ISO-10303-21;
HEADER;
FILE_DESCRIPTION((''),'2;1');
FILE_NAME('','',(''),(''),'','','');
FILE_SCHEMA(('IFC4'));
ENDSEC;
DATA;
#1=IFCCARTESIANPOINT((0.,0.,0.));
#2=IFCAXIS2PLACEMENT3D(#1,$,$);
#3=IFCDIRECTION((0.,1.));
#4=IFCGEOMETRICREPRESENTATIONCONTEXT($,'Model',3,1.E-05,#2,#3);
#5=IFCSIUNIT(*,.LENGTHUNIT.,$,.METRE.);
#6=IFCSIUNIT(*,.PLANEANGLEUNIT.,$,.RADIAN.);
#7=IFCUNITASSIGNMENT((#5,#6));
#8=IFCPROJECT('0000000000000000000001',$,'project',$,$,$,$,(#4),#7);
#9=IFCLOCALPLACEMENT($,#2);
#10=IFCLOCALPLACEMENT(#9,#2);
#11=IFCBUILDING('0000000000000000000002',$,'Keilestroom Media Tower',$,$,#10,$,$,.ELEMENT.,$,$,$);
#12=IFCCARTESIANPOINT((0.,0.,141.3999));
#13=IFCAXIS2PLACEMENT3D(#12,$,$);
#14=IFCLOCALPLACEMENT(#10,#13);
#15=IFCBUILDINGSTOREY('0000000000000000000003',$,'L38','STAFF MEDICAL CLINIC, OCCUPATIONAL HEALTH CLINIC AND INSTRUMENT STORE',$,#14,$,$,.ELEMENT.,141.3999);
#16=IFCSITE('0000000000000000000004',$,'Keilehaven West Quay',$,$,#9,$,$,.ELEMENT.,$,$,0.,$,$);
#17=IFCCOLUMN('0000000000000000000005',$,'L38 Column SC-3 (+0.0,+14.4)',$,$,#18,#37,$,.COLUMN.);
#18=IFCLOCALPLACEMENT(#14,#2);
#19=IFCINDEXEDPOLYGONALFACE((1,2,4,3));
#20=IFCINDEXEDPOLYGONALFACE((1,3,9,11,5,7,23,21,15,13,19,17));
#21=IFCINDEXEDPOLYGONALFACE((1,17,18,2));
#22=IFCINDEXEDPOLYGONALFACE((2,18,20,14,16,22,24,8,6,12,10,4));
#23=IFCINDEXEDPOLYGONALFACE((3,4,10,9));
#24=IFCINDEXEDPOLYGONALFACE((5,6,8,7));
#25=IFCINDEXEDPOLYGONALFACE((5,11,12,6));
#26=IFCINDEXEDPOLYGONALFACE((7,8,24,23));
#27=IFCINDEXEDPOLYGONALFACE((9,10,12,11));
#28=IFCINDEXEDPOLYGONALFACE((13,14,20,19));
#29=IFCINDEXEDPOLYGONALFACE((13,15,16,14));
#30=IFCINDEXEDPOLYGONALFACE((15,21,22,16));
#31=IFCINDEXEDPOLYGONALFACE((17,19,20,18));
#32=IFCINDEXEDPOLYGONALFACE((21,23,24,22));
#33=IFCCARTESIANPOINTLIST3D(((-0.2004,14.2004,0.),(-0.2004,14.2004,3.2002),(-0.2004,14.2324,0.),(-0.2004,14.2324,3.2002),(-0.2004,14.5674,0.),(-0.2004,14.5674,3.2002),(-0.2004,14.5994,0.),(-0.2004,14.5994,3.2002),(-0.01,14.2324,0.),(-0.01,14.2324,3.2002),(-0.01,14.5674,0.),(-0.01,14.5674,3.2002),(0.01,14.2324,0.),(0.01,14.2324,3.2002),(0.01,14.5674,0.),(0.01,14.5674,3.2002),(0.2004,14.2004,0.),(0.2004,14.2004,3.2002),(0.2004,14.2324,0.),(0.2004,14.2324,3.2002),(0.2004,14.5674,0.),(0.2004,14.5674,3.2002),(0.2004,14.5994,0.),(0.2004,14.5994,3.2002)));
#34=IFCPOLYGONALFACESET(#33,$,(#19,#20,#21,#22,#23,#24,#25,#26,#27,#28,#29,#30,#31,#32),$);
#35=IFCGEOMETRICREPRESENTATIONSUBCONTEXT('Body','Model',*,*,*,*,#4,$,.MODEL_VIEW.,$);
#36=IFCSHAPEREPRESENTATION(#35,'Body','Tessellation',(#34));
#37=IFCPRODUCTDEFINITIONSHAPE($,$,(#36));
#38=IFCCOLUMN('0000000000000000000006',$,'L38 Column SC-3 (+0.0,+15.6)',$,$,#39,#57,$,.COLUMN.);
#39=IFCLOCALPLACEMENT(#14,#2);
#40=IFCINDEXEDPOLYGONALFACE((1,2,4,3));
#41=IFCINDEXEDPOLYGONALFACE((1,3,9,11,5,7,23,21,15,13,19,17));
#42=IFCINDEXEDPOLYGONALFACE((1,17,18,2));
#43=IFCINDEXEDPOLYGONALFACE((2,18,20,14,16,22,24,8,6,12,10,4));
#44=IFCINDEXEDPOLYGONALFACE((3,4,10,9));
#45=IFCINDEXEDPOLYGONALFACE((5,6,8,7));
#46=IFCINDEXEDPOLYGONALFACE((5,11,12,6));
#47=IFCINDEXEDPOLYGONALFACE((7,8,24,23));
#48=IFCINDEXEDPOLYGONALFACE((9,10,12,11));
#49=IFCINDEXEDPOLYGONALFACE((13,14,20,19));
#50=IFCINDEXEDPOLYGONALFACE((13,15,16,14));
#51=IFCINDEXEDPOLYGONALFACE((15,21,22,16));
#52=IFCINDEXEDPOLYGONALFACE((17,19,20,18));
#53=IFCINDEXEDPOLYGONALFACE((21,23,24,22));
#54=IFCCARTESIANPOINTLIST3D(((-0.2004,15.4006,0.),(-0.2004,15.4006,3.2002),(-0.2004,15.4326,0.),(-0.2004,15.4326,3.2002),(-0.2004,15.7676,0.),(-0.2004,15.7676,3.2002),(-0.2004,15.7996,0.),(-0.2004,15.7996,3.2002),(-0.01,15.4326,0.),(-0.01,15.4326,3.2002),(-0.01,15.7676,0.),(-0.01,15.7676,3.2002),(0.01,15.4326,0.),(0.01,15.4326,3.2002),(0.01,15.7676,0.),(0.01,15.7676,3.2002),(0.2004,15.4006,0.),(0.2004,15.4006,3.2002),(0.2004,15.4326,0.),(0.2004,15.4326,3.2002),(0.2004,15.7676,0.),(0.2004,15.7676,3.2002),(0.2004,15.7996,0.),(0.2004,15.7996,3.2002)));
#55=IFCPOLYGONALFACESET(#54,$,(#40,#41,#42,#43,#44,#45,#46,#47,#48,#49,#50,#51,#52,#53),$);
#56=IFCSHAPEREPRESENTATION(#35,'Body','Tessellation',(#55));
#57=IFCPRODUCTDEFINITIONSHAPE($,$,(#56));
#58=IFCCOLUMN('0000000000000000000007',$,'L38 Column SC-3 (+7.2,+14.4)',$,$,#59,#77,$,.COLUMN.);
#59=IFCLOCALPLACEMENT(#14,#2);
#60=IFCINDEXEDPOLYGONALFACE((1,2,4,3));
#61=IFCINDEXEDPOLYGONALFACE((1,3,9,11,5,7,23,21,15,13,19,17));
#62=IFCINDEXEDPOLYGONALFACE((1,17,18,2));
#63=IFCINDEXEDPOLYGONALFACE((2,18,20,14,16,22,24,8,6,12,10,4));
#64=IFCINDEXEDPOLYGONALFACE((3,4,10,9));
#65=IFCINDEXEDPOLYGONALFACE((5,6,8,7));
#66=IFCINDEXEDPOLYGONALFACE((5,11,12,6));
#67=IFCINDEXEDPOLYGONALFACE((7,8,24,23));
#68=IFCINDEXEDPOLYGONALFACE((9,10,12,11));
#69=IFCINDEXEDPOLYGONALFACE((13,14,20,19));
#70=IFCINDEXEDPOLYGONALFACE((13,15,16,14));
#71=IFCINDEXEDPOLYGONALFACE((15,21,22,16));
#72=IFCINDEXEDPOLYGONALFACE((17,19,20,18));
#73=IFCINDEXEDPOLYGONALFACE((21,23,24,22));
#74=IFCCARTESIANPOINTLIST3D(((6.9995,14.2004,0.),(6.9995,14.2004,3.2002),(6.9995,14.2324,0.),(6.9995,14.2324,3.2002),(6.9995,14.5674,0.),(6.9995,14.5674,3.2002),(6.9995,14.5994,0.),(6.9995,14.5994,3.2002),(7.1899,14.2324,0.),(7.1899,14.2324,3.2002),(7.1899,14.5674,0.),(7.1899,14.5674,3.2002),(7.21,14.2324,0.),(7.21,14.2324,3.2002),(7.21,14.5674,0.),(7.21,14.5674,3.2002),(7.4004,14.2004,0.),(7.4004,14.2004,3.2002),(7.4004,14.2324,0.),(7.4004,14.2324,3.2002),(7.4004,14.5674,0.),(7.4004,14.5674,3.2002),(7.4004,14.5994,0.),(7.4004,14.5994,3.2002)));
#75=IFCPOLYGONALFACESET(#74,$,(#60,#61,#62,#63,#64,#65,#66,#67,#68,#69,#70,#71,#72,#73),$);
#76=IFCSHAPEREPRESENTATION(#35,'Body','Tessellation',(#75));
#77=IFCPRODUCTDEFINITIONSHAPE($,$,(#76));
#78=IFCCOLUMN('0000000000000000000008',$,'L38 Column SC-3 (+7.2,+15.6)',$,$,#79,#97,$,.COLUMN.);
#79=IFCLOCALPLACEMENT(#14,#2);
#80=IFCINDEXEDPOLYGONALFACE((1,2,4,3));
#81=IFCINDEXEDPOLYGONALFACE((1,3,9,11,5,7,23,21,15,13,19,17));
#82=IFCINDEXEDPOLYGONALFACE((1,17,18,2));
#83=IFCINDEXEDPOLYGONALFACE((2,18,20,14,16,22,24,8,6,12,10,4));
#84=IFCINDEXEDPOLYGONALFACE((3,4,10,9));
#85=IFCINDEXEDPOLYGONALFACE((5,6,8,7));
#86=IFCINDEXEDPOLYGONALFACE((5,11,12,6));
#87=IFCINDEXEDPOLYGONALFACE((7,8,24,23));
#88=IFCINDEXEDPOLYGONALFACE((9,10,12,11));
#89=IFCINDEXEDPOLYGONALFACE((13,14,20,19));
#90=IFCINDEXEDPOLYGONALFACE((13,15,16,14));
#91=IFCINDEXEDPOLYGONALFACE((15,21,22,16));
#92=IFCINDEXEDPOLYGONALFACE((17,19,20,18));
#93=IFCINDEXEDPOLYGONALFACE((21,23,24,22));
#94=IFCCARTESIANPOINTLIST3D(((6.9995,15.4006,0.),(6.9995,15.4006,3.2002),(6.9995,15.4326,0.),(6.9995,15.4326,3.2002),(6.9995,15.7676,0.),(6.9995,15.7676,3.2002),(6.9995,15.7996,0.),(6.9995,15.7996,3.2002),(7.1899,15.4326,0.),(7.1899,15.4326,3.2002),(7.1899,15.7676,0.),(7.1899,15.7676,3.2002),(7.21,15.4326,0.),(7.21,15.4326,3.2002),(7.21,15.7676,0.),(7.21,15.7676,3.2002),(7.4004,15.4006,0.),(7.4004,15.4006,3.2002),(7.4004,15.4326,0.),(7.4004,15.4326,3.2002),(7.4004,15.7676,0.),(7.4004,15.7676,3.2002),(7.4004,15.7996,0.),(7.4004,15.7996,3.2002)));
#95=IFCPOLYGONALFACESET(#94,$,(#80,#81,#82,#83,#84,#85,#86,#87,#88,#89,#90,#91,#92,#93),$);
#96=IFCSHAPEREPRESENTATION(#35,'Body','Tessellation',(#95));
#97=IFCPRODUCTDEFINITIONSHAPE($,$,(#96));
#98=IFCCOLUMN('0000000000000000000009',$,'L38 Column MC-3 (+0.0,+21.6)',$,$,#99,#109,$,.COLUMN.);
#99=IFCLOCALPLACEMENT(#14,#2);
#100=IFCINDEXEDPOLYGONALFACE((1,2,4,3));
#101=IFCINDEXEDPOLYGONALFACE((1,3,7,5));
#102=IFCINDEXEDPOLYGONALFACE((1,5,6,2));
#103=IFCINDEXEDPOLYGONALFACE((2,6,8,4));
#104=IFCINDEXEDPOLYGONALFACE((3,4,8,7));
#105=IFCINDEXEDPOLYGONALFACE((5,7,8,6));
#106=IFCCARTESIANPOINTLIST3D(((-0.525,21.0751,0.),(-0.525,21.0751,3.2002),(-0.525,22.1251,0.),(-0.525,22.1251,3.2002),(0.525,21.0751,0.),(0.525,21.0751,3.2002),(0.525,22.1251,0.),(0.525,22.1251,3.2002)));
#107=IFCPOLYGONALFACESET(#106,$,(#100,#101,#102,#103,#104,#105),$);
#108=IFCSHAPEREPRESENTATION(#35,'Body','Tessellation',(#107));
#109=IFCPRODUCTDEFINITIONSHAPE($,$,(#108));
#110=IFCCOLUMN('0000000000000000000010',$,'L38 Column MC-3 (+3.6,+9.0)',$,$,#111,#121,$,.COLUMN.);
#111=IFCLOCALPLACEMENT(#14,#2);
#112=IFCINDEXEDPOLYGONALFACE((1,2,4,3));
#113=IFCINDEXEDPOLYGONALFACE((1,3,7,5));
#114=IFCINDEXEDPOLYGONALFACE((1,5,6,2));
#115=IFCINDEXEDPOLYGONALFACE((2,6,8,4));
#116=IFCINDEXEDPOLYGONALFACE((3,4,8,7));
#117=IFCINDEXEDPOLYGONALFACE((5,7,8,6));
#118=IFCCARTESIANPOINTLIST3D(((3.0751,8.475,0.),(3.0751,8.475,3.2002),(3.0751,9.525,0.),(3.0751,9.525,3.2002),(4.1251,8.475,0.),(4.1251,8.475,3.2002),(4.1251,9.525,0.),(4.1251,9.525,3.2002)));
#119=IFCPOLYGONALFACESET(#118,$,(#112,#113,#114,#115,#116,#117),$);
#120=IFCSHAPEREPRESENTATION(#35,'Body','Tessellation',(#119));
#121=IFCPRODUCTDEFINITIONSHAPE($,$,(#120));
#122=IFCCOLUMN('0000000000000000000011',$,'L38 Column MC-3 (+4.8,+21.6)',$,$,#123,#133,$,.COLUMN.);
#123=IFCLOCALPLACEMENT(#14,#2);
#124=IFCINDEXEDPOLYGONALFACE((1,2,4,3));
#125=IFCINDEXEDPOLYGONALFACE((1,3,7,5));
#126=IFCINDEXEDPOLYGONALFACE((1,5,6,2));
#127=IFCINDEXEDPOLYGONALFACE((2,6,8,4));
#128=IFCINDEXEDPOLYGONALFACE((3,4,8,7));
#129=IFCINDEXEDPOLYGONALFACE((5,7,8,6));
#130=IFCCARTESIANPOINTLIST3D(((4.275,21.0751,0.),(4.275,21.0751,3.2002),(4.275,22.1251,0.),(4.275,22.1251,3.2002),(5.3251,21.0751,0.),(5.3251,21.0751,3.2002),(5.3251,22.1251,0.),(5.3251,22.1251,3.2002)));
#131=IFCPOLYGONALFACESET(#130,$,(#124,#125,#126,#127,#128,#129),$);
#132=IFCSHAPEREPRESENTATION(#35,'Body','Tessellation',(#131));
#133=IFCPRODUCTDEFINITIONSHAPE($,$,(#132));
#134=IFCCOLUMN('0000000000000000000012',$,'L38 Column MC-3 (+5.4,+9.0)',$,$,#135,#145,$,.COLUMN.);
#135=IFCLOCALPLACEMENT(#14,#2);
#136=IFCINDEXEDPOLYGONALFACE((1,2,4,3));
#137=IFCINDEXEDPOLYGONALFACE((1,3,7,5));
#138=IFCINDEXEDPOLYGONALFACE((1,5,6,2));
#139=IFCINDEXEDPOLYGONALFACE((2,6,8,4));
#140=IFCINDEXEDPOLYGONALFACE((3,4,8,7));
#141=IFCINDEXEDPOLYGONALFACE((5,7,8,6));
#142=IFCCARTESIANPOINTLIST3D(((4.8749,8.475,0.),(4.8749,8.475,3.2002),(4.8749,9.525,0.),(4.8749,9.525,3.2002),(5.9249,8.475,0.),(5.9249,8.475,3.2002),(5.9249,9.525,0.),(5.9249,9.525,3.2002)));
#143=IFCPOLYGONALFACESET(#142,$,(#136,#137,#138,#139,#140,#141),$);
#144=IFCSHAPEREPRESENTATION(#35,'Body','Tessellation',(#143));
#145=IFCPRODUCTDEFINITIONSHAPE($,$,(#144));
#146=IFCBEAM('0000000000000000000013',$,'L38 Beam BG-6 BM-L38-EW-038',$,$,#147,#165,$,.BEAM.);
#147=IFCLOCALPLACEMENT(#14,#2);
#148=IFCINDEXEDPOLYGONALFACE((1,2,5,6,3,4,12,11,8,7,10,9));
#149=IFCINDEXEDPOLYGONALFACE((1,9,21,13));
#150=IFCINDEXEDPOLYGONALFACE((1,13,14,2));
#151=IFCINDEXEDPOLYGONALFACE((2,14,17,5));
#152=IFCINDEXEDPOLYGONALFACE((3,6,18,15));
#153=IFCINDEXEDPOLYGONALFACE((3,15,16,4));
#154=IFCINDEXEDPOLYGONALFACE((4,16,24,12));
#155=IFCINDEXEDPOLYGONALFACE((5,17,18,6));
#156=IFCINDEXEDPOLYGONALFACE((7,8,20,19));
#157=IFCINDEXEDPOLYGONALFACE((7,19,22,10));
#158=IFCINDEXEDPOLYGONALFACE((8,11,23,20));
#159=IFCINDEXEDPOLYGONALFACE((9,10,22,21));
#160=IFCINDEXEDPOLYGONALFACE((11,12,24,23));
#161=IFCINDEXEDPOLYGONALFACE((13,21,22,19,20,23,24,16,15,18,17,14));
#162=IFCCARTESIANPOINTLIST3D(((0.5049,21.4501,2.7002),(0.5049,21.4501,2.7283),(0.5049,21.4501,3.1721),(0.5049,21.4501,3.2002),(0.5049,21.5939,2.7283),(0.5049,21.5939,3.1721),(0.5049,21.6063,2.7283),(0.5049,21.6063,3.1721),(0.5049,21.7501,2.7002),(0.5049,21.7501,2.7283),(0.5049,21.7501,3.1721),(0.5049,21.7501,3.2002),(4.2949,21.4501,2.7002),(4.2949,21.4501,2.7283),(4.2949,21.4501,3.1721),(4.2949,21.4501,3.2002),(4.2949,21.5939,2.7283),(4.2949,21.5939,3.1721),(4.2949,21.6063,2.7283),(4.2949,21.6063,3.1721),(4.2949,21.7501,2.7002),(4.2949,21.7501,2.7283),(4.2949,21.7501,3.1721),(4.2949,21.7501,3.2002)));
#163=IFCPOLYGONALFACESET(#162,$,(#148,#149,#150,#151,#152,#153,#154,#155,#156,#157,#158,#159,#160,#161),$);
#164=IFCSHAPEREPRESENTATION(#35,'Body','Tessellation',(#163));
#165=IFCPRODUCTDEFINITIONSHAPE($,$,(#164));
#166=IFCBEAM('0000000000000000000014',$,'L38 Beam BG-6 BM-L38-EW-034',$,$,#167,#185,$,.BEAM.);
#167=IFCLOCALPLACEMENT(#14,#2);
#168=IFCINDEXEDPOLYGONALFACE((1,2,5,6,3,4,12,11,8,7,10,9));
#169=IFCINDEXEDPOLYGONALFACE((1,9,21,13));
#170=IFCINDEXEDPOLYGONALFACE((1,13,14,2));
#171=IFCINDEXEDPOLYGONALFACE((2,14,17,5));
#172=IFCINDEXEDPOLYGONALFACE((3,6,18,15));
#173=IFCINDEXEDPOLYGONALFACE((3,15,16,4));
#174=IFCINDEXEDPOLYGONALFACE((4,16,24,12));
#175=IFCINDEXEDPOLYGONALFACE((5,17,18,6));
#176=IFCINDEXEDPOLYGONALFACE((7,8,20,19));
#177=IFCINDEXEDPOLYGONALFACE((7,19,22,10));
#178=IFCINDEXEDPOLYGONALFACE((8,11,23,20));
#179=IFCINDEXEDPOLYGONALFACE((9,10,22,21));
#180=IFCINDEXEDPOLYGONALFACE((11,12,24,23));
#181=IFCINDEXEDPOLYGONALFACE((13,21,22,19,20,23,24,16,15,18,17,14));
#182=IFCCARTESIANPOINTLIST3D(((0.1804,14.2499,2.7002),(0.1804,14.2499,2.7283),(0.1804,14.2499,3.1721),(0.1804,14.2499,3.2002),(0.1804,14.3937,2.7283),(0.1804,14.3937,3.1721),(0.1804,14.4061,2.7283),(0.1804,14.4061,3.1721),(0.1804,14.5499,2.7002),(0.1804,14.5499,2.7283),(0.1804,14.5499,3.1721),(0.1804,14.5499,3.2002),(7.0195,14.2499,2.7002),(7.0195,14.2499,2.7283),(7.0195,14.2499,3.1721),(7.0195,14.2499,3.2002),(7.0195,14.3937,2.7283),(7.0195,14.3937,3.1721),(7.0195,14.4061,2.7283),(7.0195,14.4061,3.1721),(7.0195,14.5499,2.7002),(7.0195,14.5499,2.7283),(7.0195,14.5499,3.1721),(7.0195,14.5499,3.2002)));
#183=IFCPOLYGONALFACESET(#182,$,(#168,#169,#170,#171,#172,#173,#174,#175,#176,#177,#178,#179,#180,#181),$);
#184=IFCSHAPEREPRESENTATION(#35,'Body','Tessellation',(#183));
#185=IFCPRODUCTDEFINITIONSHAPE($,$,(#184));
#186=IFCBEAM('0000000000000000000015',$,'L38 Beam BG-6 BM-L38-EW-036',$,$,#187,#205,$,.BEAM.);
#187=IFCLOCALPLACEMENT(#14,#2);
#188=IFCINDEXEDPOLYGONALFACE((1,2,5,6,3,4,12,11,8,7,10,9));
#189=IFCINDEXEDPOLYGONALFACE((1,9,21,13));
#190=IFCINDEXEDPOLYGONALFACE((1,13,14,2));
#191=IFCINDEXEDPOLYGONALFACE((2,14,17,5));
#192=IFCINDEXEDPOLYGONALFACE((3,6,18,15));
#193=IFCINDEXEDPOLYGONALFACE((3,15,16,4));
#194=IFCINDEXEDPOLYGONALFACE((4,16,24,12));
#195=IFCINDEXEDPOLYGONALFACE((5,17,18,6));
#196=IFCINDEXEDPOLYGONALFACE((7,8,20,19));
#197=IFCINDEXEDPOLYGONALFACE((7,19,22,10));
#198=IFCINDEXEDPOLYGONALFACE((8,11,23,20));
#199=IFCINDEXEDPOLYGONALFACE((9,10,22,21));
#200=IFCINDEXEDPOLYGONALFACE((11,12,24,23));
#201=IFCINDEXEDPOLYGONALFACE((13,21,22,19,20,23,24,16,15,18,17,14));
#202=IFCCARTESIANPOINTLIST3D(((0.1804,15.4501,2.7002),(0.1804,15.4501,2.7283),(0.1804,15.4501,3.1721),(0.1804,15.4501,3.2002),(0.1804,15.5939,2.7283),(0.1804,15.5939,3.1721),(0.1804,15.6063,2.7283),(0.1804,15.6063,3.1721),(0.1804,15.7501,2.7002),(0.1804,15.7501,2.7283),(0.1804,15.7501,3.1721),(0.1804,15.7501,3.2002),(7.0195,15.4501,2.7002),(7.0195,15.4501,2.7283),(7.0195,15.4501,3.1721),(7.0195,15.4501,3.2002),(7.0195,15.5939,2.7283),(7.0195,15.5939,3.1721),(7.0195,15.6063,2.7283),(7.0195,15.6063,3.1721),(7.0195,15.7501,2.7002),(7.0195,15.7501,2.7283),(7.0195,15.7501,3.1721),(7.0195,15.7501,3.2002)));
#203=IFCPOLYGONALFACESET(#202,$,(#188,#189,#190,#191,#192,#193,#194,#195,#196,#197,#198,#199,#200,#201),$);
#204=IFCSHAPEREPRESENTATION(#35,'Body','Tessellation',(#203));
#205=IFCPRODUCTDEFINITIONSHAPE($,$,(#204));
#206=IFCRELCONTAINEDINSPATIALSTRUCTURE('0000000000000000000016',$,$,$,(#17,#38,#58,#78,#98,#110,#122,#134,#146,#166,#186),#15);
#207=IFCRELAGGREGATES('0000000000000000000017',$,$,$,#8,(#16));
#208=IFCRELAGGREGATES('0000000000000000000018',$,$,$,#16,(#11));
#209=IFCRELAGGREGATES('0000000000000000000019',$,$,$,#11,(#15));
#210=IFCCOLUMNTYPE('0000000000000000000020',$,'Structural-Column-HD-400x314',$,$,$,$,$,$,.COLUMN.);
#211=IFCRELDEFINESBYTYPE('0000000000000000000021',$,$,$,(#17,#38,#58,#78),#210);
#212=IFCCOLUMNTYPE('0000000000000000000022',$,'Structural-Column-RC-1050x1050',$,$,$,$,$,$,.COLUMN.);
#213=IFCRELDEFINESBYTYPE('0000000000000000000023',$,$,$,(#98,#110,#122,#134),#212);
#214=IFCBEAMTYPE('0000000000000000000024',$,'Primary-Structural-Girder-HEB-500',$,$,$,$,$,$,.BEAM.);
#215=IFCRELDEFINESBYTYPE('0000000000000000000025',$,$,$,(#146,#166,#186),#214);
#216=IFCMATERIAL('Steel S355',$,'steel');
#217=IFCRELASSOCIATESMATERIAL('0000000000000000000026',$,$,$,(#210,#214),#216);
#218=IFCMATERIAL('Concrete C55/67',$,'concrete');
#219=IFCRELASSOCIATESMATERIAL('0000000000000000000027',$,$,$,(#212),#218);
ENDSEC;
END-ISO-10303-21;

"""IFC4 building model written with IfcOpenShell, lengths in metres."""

from ifc_helpers import new_model, si_unit, direction, frame, origin, origin_2d, place, context, subcontext, project, spatial, rectangle, i_section, extrude, source, transform, mapped, material, material_profile, profile_set, type_object, element, save


model = new_model("IFC4")

# Units and contexts
model_context = context("Model", 3, precision=1e-05, world=origin(), true_north=direction((0.0, 1.0)))
body_context = subcontext(model_context, "Body", "Model", "MODEL_VIEW")
ifc_project = project(units=[si_unit("LENGTHUNIT", "METRE"), si_unit("PLANEANGLEUNIT", "RADIAN")], contexts=[model_context])

# Site, building, storey
site_placement = place(None, origin())
site = spatial("IfcSite", under=ifc_project, at=site_placement, Name="Keilehaven West Quay", CompositionType="ELEMENT", RefElevation=0.0)
building_placement = place(site_placement, origin())
building = spatial("IfcBuilding", under=site, at=building_placement, Name="Keilestroom Media Tower", CompositionType="ELEMENT")
storey_placement = place(building_placement, frame((0.0, 0.0, 141.3999)))
storey = spatial("IfcBuildingStorey", under=building, at=storey_placement, Name="L38", Description="STAFF MEDICAL CLINIC, OCCUPATIONAL HEALTH CLINIC AND INSTRUMENT STORE", CompositionType="ELEMENT", Elevation=141.3999)

# Columns
ifc_material_1 = material(Name="Steel S355", Category="steel")
ifc_material_profile_1 = material_profile(ifc_material_1, i_section(OverallWidth=0.4009, OverallDepth=0.3989, WebThickness=0.02, FlangeThickness=0.032, at=origin_2d()), Name="HD 400x314")
ifc_profile_set_1 = profile_set([ifc_material_profile_1], Name="Steel S355")
column_type_1 = type_object("IfcColumnType", Name="Structural-Column-HD-400x314", PredefinedType="COLUMN", material=ifc_profile_set_1)
shared_shape_1 = source(origin(), body_context, "Body", "SweptSolid", [
    extrude(i_section(OverallWidth=0.4009, OverallDepth=0.3989, WebThickness=0.02, FlangeThickness=0.032, at=origin_2d()), origin(), (0.0, 0.0, 1.0), 3.2002),
])
for number, where, z_axis, x_axis, name in (
    (1, (0.0, 14.3999, 0.0), (0.0, 0.0, 1.0), (1.0, 0.0, 0.0), "L38 Column SC-3 (+0.0,+14.4)"),
    (2, (0.0, 15.6001, 0.0), (0.0, 0.0, 1.0), (1.0, 0.0, 0.0), "L38 Column SC-3 (+0.0,+15.6)"),
    (3, (7.2, 14.3999, 0.0), (0.0, 0.0, 1.0), (1.0, 0.0, 0.0), "L38 Column SC-3 (+7.2,+14.4)"),
    (4, (7.2, 15.6001, 0.0), (0.0, 0.0, 1.0), (1.0, 0.0, 0.0), "L38 Column SC-3 (+7.2,+15.6)"),
):
    element("IfcColumn", number, at=place(storey_placement, frame(where, z_axis=z_axis, x_axis=x_axis)), inside=storey, type_object=column_type_1, Name=name, PredefinedType="COLUMN", context=body_context, shape_type="MappedRepresentation", body=[
        mapped(shared_shape_1, transform((0.0, 0.0, 0.0), x_axis=(1.0, 0.0, 0.0), y_axis=(0.0, 1.0, 0.0), z_axis=(0.0, 0.0, 1.0), scale=1.0)),
    ])
ifc_material_2 = material(Name="Concrete C55/67", Category="concrete")
ifc_material_profile_2 = material_profile(ifc_material_2, rectangle(XDim=1.05, YDim=1.05, at=origin_2d()), Name="RC 1050x1050")
ifc_profile_set_2 = profile_set([ifc_material_profile_2], Name="Concrete C55/67")
column_type_2 = type_object("IfcColumnType", Name="Structural-Column-RC-1050x1050", PredefinedType="COLUMN", material=ifc_profile_set_2)
shared_shape_2 = source(origin(), body_context, "Body", "SweptSolid", [
    extrude(rectangle(XDim=1.05, YDim=1.05, at=origin_2d()), origin(), (0.0, 0.0, 1.0), 3.2002),
])
for number, where, z_axis, x_axis, name in (
    (5, (0.0, 21.6001, 0.0), (0.0, 0.0, 1.0), (1.0, 0.0, 0.0), "L38 Column MC-3 (+0.0,+21.6)"),
    (6, (3.6001, 9.0, 0.0), (0.0, 0.0, 1.0), (1.0, 0.0, 0.0), "L38 Column MC-3 (+3.6,+9.0)"),
    (7, (4.8, 21.6001, 0.0), (0.0, 0.0, 1.0), (1.0, 0.0, 0.0), "L38 Column MC-3 (+4.8,+21.6)"),
    (8, (5.3999, 9.0, 0.0), (0.0, 0.0, 1.0), (1.0, 0.0, 0.0), "L38 Column MC-3 (+5.4,+9.0)"),
):
    element("IfcColumn", number, at=place(storey_placement, frame(where, z_axis=z_axis, x_axis=x_axis)), inside=storey, type_object=column_type_2, Name=name, PredefinedType="COLUMN", context=body_context, shape_type="MappedRepresentation", body=[
        mapped(shared_shape_2, transform((0.0, 0.0, 0.0), x_axis=(1.0, 0.0, 0.0), y_axis=(0.0, 1.0, 0.0), z_axis=(0.0, 0.0, 1.0), scale=1.0)),
    ])

# Beams
ifc_material_profile_3 = material_profile(ifc_material_1, i_section(OverallWidth=0.3, OverallDepth=0.5, WebThickness=0.0125, FlangeThickness=0.0281, at=origin_2d()), Name="HEB 500")
ifc_profile_set_3 = profile_set([ifc_material_profile_3], Name="Steel S355")
beam_type_1 = type_object("IfcBeamType", Name="Primary-Structural-Girder-HEB-500", PredefinedType="BEAM", material=ifc_profile_set_3)
shared_shape_3 = source(origin(), body_context, "Body", "SweptSolid", [
    extrude(i_section(OverallWidth=0.3, OverallDepth=0.5, WebThickness=0.0125, FlangeThickness=0.0281, at=origin_2d()), origin(), (0.0, 0.0, 1.0), 3.79),
])
beam_1_placement = place(storey_placement, frame((0.5049, 21.6001, 2.9502), z_axis=(1.0, 0.0, 0.0), x_axis=(0.0, 1.0, 0.0)))
element("IfcBeam", 9, at=beam_1_placement, inside=storey, type_object=beam_type_1, Name="L38 Beam BG-6 BM-L38-EW-038", PredefinedType="BEAM", context=body_context, shape_type="MappedRepresentation", body=[
    mapped(shared_shape_3, transform((0.0, 0.0, 0.0), x_axis=(1.0, 0.0, 0.0), y_axis=(0.0, 1.0, 0.0), z_axis=(0.0, 0.0, 1.0), scale=1.0)),
])
shared_shape_4 = source(origin(), body_context, "Body", "SweptSolid", [
    extrude(i_section(OverallWidth=0.3, OverallDepth=0.5, WebThickness=0.0125, FlangeThickness=0.0281, at=origin_2d()), origin(), (0.0, 0.0, 1.0), 6.8391),
])
for number, where, z_axis, x_axis, name in (
    (10, (0.1804, 14.3999, 2.9502), (1.0, 0.0, 0.0), (0.0, 1.0, 0.0), "L38 Beam BG-6 BM-L38-EW-034"),
    (11, (0.1804, 15.6001, 2.9502), (1.0, 0.0, 0.0), (0.0, 1.0, 0.0), "L38 Beam BG-6 BM-L38-EW-036"),
):
    element("IfcBeam", number, at=place(storey_placement, frame(where, z_axis=z_axis, x_axis=x_axis)), inside=storey, type_object=beam_type_1, Name=name, PredefinedType="BEAM", context=body_context, shape_type="MappedRepresentation", body=[
        mapped(shared_shape_4, transform((0.0, 0.0, 0.0), x_axis=(1.0, 0.0, 0.0), y_axis=(0.0, 1.0, 0.0), z_axis=(0.0, 0.0, 1.0), scale=1.0)),
    ])

save(model, "model.ifc")
